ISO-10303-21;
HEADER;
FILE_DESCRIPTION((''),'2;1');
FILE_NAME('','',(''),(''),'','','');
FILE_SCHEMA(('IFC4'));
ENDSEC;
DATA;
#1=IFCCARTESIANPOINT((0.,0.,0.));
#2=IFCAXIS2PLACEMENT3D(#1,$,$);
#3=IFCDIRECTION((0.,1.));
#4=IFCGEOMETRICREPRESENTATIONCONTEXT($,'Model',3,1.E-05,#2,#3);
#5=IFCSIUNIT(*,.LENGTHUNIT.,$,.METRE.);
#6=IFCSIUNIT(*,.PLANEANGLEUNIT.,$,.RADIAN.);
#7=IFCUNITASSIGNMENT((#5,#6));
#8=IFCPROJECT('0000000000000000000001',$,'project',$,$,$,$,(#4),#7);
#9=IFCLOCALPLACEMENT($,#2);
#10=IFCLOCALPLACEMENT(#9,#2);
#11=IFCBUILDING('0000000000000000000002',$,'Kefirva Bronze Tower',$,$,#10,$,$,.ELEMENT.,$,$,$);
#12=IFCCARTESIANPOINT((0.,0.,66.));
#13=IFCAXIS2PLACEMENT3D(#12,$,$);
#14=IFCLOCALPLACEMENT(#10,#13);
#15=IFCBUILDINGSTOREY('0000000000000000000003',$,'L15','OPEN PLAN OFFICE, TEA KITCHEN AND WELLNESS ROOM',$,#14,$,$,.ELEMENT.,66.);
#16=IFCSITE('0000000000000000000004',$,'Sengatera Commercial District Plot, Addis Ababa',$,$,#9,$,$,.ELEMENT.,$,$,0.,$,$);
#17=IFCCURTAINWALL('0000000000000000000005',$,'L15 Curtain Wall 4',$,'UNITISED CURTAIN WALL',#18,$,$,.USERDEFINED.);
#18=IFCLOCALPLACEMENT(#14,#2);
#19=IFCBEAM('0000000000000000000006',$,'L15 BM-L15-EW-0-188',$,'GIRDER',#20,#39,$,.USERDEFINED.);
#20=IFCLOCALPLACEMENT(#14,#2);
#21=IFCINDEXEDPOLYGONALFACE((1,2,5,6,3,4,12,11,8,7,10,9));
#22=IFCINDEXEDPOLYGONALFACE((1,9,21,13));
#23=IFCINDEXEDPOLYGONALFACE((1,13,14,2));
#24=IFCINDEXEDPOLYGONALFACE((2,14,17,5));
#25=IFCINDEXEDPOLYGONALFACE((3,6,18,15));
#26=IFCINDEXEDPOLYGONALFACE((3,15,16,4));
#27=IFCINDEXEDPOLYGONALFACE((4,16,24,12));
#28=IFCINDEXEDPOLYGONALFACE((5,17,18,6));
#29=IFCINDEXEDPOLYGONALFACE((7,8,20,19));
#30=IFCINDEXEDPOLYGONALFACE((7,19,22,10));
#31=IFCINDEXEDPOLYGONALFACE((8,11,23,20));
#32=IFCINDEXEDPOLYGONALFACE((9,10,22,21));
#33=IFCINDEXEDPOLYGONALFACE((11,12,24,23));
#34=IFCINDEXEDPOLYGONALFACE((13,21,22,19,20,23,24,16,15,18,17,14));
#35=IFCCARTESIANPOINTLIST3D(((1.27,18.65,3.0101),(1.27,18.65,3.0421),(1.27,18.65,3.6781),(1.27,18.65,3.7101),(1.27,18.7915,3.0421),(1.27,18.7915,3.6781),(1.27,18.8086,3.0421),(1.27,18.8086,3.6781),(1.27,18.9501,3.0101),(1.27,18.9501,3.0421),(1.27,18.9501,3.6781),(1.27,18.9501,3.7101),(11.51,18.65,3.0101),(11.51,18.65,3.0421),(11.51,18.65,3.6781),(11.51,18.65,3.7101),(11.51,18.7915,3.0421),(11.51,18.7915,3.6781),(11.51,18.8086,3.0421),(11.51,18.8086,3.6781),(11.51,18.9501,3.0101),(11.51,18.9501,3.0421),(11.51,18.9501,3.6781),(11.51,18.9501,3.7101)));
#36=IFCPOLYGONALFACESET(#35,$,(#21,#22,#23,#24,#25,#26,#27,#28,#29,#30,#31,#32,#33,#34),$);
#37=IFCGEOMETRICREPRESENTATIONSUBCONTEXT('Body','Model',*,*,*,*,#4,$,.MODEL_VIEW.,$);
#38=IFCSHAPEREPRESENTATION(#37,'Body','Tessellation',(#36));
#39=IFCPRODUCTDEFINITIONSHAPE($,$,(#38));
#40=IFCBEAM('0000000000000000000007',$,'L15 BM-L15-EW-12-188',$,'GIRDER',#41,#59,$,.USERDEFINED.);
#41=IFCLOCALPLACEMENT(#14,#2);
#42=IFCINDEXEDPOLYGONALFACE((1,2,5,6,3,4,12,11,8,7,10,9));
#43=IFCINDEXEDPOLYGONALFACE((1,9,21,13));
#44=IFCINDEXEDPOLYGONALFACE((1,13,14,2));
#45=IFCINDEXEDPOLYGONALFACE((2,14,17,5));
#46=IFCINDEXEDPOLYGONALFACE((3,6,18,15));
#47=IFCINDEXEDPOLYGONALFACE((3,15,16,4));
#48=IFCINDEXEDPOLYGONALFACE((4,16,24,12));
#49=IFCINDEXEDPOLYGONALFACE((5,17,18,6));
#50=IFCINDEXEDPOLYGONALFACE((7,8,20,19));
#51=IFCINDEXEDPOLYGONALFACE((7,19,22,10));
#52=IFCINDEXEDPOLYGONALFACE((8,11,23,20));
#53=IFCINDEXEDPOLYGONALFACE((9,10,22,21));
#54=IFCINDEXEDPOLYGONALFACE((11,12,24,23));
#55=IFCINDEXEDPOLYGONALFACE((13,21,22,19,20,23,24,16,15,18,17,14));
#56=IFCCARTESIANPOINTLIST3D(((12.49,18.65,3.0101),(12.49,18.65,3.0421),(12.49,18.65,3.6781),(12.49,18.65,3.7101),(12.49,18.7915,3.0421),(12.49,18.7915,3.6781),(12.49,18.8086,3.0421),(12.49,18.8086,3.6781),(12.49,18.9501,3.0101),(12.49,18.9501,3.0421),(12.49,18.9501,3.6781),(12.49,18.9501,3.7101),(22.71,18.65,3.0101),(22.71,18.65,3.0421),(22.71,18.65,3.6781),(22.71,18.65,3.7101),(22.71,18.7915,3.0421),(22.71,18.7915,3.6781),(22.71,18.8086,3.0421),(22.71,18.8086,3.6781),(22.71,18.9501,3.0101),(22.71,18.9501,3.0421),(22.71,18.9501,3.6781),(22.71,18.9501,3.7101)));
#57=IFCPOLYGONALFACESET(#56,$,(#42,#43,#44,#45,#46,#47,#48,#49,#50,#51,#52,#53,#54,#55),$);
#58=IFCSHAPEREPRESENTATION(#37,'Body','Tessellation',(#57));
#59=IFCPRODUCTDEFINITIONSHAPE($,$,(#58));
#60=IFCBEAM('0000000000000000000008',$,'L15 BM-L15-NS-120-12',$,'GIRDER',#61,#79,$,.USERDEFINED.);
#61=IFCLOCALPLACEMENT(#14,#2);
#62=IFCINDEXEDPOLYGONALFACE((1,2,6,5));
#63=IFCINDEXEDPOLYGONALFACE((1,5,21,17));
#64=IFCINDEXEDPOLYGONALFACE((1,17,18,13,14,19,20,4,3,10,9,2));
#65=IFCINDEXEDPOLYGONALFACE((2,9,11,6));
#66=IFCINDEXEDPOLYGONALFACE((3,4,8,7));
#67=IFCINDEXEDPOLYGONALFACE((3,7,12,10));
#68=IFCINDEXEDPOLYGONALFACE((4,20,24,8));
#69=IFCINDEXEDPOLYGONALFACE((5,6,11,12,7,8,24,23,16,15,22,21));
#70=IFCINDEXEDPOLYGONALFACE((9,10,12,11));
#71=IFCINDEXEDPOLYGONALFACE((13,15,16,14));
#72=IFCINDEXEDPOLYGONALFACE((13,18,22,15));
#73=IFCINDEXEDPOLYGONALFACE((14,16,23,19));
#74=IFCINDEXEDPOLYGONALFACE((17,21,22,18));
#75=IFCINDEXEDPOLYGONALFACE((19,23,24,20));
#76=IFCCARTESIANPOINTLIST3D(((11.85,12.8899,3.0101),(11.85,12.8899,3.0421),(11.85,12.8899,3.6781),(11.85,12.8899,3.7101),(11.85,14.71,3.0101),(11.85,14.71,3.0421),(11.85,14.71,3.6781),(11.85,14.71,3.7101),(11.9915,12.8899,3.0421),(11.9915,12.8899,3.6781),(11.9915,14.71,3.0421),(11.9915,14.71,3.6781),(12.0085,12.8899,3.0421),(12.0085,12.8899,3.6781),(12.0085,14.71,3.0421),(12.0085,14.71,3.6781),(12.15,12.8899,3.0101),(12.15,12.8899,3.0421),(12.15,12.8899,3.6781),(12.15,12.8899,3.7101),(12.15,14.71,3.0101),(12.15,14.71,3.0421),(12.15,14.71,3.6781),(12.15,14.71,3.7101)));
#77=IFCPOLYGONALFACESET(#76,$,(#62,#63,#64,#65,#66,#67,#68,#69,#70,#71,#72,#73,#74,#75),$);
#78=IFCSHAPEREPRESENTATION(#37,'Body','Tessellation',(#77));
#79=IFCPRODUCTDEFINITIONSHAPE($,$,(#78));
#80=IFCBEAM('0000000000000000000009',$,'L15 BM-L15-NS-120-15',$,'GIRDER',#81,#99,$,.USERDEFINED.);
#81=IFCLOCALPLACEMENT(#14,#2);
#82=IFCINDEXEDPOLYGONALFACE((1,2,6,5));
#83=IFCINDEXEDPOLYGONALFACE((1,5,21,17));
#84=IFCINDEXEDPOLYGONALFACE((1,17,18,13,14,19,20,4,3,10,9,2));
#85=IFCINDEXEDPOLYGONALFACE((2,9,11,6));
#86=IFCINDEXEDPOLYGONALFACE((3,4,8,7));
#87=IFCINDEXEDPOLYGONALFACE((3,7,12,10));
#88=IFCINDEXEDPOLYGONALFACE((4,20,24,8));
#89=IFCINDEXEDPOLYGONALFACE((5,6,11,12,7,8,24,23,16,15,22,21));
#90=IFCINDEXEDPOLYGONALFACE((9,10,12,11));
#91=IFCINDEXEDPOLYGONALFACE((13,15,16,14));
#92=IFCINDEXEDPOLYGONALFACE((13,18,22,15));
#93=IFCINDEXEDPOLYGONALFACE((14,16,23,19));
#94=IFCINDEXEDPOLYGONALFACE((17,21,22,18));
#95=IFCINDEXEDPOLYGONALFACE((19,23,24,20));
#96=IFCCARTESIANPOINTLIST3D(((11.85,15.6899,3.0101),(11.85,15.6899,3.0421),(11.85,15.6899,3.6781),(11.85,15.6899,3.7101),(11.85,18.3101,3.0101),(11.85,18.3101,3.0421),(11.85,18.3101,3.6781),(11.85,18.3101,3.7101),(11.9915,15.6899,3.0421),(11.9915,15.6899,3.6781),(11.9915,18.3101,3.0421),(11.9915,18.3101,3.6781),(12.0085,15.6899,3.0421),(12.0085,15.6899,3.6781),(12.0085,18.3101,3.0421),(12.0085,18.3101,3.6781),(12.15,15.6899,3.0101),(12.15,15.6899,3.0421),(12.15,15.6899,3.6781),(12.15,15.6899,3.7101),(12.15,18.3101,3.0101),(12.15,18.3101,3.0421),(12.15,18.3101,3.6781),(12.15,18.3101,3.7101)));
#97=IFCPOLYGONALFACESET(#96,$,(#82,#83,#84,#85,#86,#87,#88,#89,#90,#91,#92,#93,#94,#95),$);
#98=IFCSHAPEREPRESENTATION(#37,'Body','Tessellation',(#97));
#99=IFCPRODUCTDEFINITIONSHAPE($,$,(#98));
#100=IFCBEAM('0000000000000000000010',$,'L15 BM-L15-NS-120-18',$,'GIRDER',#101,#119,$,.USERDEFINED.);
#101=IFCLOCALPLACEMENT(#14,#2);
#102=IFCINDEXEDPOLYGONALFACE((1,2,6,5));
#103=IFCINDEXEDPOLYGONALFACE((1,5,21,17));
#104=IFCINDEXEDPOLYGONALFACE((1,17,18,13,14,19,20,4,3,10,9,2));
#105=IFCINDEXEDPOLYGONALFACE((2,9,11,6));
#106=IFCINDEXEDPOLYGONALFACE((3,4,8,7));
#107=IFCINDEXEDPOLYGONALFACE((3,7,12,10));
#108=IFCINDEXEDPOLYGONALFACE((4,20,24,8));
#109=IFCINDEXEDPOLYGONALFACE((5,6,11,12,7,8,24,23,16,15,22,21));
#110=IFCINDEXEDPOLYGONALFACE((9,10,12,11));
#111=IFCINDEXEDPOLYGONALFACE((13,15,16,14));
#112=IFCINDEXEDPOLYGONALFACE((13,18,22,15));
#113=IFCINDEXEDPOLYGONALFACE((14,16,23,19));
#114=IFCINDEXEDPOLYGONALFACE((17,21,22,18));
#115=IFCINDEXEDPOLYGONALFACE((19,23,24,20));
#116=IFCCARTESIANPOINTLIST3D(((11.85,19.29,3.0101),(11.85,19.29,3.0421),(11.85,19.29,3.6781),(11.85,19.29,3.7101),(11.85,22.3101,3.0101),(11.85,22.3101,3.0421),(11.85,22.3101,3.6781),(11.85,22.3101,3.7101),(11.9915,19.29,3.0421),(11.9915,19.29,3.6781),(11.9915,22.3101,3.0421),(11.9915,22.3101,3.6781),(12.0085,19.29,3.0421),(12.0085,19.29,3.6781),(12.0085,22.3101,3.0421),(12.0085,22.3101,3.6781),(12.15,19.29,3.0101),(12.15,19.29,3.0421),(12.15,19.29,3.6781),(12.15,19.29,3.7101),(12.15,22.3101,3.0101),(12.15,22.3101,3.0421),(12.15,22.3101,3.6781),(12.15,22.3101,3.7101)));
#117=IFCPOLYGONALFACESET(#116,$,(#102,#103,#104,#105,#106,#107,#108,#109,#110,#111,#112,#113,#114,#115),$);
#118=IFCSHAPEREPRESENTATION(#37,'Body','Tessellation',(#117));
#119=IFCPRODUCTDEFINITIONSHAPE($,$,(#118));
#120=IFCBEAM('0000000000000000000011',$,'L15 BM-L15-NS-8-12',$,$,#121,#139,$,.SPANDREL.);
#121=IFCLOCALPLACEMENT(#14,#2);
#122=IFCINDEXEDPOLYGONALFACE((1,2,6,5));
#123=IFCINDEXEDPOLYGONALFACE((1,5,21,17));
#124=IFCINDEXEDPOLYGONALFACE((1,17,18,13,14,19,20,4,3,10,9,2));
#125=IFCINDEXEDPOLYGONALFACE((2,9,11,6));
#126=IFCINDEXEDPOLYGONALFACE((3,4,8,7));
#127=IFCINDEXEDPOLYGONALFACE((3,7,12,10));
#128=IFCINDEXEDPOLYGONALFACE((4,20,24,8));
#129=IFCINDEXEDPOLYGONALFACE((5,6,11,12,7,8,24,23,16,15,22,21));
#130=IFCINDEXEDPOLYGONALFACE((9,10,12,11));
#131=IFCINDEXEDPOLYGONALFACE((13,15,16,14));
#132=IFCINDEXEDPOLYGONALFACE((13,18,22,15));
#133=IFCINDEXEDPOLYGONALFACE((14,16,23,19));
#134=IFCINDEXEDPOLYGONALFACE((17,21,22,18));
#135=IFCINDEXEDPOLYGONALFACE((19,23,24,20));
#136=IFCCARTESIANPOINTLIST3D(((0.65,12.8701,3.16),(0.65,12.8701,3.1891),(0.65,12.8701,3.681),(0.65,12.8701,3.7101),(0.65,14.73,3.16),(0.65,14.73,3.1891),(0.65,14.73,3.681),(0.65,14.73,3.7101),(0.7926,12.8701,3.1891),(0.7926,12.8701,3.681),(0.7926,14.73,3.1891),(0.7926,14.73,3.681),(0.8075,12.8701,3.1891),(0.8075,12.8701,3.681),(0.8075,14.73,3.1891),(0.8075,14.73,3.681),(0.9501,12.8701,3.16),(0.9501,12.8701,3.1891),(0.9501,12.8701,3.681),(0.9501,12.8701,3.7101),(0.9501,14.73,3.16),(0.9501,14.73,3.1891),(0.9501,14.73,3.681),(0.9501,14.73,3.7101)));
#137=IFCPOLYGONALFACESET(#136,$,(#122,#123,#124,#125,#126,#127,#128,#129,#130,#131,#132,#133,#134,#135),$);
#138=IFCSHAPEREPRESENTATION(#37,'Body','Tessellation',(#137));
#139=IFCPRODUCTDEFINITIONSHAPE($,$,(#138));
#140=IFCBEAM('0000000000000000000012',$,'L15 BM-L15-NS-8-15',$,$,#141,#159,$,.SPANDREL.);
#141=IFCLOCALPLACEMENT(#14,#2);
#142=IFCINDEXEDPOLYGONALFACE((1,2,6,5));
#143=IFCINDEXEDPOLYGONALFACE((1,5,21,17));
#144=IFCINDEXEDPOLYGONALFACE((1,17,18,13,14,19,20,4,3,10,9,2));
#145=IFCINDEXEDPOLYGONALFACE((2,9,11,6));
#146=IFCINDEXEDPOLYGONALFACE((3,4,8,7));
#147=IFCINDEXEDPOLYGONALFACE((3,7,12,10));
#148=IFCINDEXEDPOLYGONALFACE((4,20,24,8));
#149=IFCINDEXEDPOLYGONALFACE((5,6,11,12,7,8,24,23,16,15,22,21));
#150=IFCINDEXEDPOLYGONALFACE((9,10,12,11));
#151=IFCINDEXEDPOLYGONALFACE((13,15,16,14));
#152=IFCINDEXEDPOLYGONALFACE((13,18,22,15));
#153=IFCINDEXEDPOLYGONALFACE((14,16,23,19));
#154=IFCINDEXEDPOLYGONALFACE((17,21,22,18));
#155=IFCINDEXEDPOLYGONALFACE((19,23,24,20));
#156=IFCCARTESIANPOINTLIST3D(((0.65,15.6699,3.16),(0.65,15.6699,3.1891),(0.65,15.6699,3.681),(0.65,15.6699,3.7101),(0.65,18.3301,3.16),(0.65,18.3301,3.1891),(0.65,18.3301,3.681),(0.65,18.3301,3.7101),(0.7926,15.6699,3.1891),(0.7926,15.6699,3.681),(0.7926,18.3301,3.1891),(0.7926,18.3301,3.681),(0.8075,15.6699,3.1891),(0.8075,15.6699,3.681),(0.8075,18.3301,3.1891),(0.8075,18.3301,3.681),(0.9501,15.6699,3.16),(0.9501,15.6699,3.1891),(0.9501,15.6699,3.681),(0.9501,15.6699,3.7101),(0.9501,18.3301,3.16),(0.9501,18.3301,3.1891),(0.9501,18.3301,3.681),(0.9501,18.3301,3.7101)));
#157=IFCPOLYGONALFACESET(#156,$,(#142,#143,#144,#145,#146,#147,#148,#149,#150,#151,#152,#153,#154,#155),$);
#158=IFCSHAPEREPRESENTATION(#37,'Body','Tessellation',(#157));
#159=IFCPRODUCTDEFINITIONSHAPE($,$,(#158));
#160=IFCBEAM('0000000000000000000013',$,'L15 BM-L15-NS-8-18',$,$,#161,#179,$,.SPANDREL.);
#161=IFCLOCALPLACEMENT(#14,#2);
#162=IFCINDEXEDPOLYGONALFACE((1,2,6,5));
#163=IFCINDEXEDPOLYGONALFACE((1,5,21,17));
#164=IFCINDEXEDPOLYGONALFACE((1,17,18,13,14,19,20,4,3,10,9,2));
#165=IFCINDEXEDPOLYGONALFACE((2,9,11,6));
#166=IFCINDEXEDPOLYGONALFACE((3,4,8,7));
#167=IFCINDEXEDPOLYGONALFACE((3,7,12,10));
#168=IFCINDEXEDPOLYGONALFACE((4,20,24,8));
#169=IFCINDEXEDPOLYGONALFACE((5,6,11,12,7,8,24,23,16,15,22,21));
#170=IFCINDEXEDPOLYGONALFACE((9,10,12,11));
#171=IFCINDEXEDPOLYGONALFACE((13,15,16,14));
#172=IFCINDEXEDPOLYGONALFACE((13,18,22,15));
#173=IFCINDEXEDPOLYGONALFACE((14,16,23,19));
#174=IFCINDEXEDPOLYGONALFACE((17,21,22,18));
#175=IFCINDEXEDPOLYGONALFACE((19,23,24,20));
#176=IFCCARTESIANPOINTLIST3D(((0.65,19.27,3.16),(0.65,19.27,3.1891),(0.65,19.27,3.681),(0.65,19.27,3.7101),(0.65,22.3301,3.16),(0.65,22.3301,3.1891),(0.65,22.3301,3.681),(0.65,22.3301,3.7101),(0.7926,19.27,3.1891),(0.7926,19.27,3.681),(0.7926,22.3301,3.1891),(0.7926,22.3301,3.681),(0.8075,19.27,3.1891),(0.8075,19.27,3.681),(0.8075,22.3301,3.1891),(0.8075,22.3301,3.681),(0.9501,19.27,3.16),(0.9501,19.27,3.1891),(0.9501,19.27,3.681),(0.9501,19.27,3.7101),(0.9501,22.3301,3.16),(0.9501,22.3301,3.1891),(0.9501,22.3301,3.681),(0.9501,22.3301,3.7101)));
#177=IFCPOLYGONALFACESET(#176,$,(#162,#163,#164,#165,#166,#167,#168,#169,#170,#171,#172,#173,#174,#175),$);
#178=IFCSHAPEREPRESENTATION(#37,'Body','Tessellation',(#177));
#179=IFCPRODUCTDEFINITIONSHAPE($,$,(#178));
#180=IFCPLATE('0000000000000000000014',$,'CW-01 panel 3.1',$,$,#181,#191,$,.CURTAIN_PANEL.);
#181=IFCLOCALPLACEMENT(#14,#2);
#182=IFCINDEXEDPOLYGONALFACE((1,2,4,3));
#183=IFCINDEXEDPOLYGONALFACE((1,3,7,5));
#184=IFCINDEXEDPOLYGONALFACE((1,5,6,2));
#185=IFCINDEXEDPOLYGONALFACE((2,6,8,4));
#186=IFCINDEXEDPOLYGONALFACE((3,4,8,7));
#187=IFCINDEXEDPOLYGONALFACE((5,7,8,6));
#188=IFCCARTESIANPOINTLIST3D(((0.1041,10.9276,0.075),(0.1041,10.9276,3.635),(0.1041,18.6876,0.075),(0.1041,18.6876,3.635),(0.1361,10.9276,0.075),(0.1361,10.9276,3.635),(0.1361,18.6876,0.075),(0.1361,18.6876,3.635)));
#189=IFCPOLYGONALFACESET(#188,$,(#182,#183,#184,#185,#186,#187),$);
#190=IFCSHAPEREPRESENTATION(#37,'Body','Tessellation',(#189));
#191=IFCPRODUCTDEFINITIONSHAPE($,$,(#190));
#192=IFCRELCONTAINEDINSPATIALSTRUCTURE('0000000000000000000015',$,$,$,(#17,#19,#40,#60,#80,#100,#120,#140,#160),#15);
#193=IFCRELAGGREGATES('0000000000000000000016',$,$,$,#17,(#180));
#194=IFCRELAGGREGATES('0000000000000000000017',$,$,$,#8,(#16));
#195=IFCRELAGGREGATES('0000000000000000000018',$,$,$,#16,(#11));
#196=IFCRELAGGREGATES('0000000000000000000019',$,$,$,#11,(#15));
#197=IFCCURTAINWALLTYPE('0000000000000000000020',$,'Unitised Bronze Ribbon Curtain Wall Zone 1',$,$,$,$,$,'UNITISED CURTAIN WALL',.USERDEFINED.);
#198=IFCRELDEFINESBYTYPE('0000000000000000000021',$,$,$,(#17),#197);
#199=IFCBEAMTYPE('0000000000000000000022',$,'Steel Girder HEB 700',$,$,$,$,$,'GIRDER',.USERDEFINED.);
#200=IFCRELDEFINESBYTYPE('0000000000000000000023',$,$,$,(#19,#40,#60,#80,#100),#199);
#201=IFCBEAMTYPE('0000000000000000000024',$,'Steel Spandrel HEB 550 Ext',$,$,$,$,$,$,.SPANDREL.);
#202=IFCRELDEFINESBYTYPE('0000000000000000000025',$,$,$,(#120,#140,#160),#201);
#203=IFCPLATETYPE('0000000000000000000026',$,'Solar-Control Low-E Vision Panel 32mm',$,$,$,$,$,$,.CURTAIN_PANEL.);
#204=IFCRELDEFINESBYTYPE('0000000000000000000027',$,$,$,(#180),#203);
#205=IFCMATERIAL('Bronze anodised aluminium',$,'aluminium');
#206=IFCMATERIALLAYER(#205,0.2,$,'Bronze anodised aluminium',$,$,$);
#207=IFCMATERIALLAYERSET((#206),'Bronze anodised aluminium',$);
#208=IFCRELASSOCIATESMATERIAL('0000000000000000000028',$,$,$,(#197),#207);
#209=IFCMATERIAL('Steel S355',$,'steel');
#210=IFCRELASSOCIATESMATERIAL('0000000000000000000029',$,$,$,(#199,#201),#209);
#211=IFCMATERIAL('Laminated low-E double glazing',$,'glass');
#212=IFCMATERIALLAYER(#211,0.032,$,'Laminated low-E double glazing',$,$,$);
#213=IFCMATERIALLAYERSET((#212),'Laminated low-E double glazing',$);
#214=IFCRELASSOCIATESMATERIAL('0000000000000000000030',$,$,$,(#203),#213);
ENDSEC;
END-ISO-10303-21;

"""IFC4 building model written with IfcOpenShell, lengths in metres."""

from ifc_helpers import new_model, si_unit, direction, frame, origin, origin_2d, place, context, subcontext, project, spatial, rectangle, i_section, extrude, material, layer, layer_set, material_profile, profile_set, type_object, element, aggregate, save


model = new_model("IFC4")

# Units and contexts
model_context = context("Model", 3, precision=1e-05, world=origin(), true_north=direction((0.0, 1.0)))
body_context = subcontext(model_context, "Body", "Model", "MODEL_VIEW")
ifc_project = project(units=[si_unit("LENGTHUNIT", "METRE"), si_unit("PLANEANGLEUNIT", "RADIAN")], contexts=[model_context])

# Site, building, storey
site_placement = place(None, origin())
site = spatial("IfcSite", under=ifc_project, at=site_placement, Name="Sengatera Commercial District Plot, Addis Ababa", CompositionType="ELEMENT", RefElevation=0.0)
building_placement = place(site_placement, origin())
building = spatial("IfcBuilding", under=site, at=building_placement, Name="Kefirva Bronze Tower", CompositionType="ELEMENT")
storey_placement = place(building_placement, frame((0.0, 0.0, 66.0)))
storey = spatial("IfcBuildingStorey", under=building, at=storey_placement, Name="L15", Description="OPEN PLAN OFFICE, TEA KITCHEN AND WELLNESS ROOM", CompositionType="ELEMENT", Elevation=66.0)

# Curtain wall
ifc_material_1 = material(Name="Bronze anodised aluminium", Category="aluminium")
ifc_layer_1 = layer(ifc_material_1, 0.2, Name="Bronze anodised aluminium")
ifc_layer_set_1 = layer_set([ifc_layer_1], Name="Bronze anodised aluminium")
curtain_wall_type = type_object("IfcCurtainWallType", Name="Unitised Bronze Ribbon Curtain Wall Zone 1", ElementType="UNITISED CURTAIN WALL", PredefinedType="USERDEFINED", material=ifc_layer_set_1)
curtain_wall_placement = place(storey_placement, origin())
curtain_wall = element("IfcCurtainWall", 1, at=curtain_wall_placement, inside=storey, type_object=curtain_wall_type, Name="L15 Curtain Wall 4", ObjectType="UNITISED CURTAIN WALL", PredefinedType="USERDEFINED")

# Beams
ifc_material_2 = material(Name="Steel S355", Category="steel")
ifc_material_profile_1 = material_profile(ifc_material_2, i_section(OverallWidth=0.3, OverallDepth=0.7, WebThickness=0.0171, FlangeThickness=0.032, at=origin_2d()), Name="HEB 700")
ifc_profile_set_1 = profile_set([ifc_material_profile_1], Name="Steel S355")
beam_type_1 = type_object("IfcBeamType", Name="Steel Girder HEB 700", ElementType="GIRDER", PredefinedType="USERDEFINED", material=ifc_profile_set_1)
for number, where, z_axis, x_axis, name in (
    (2, (1.27, 18.8, 3.3601), (1.0, 0.0, 0.0), (0.0, 1.0, 0.0), "L15 BM-L15-EW-0-188"),
):
    element("IfcBeam", number, at=place(storey_placement, frame(where, z_axis=z_axis, x_axis=x_axis)), inside=storey, type_object=beam_type_1, Name=name, ObjectType="GIRDER", PredefinedType="USERDEFINED", context=body_context, shape_type="SweptSolid", body=[
        extrude(i_section(OverallWidth=0.3, OverallDepth=0.7, WebThickness=0.0171, FlangeThickness=0.032, at=origin_2d()), origin(), (0.0, 0.0, 1.0), 10.24),
    ])
beam_1_placement = place(storey_placement, frame((12.49, 18.8, 3.3601), z_axis=(1.0, 0.0, 0.0), x_axis=(0.0, 1.0, 0.0)))
element("IfcBeam", 3, at=beam_1_placement, inside=storey, type_object=beam_type_1, Name="L15 BM-L15-EW-12-188", ObjectType="GIRDER", PredefinedType="USERDEFINED", context=body_context, shape_type="SweptSolid", body=[
    extrude(i_section(OverallWidth=0.3, OverallDepth=0.7, WebThickness=0.0171, FlangeThickness=0.032, at=origin_2d()), origin(), (0.0, 0.0, 1.0), 10.22),
])
beam_2_placement = place(storey_placement, frame((12.0, 12.8899, 3.3601), z_axis=(0.0, 1.0, 0.0), x_axis=(-1.0, 0.0, 0.0)))
element("IfcBeam", 4, at=beam_2_placement, inside=storey, type_object=beam_type_1, Name="L15 BM-L15-NS-120-12", ObjectType="GIRDER", PredefinedType="USERDEFINED", context=body_context, shape_type="SweptSolid", body=[
    extrude(i_section(OverallWidth=0.3, OverallDepth=0.7, WebThickness=0.0171, FlangeThickness=0.032, at=origin_2d()), origin(), (0.0, 0.0, 1.0), 1.8201),
])
beam_3_placement = place(storey_placement, frame((12.0, 15.6899, 3.3601), z_axis=(0.0, 1.0, 0.0), x_axis=(-1.0, 0.0, 0.0)))
element("IfcBeam", 5, at=beam_3_placement, inside=storey, type_object=beam_type_1, Name="L15 BM-L15-NS-120-15", ObjectType="GIRDER", PredefinedType="USERDEFINED", context=body_context, shape_type="SweptSolid", body=[
    extrude(i_section(OverallWidth=0.3, OverallDepth=0.7, WebThickness=0.0171, FlangeThickness=0.032, at=origin_2d()), origin(), (0.0, 0.0, 1.0), 2.6201),
])
beam_4_placement = place(storey_placement, frame((12.0, 19.29, 3.3601), z_axis=(0.0, 1.0, 0.0), x_axis=(-1.0, 0.0, 0.0)))
element("IfcBeam", 6, at=beam_4_placement, inside=storey, type_object=beam_type_1, Name="L15 BM-L15-NS-120-18", ObjectType="GIRDER", PredefinedType="USERDEFINED", context=body_context, shape_type="SweptSolid", body=[
    extrude(i_section(OverallWidth=0.3, OverallDepth=0.7, WebThickness=0.0171, FlangeThickness=0.032, at=origin_2d()), origin(), (0.0, 0.0, 1.0), 3.02),
])
ifc_material_profile_2 = material_profile(ifc_material_2, i_section(OverallWidth=0.3, OverallDepth=0.55, WebThickness=0.0149, FlangeThickness=0.0291, at=origin_2d()), Name="HEB 550")
ifc_profile_set_2 = profile_set([ifc_material_profile_2], Name="Steel S355")
beam_type_2 = type_object("IfcBeamType", Name="Steel Spandrel HEB 550 Ext", PredefinedType="SPANDREL", material=ifc_profile_set_2)
beam_5_placement = place(storey_placement, frame((0.8, 12.8701, 3.4351), z_axis=(0.0, 1.0, 0.0), x_axis=(-1.0, 0.0, 0.0)))
element("IfcBeam", 7, at=beam_5_placement, inside=storey, type_object=beam_type_2, Name="L15 BM-L15-NS-8-12", PredefinedType="SPANDREL", context=body_context, shape_type="SweptSolid", body=[
    extrude(i_section(OverallWidth=0.3, OverallDepth=0.55, WebThickness=0.0149, FlangeThickness=0.0291, at=origin_2d()), origin(), (0.0, 0.0, 1.0), 1.8599),
])
beam_6_placement = place(storey_placement, frame((0.8, 15.6699, 3.4351), z_axis=(0.0, 1.0, 0.0), x_axis=(-1.0, 0.0, 0.0)))
element("IfcBeam", 8, at=beam_6_placement, inside=storey, type_object=beam_type_2, Name="L15 BM-L15-NS-8-15", PredefinedType="SPANDREL", context=body_context, shape_type="SweptSolid", body=[
    extrude(i_section(OverallWidth=0.3, OverallDepth=0.55, WebThickness=0.0149, FlangeThickness=0.0291, at=origin_2d()), origin(), (0.0, 0.0, 1.0), 2.6602),
])
beam_7_placement = place(storey_placement, frame((0.8, 19.27, 3.4351), z_axis=(0.0, 1.0, 0.0), x_axis=(-1.0, 0.0, 0.0)))
element("IfcBeam", 9, at=beam_7_placement, inside=storey, type_object=beam_type_2, Name="L15 BM-L15-NS-8-18", PredefinedType="SPANDREL", context=body_context, shape_type="SweptSolid", body=[
    extrude(i_section(OverallWidth=0.3, OverallDepth=0.55, WebThickness=0.0149, FlangeThickness=0.0291, at=origin_2d()), origin(), (0.0, 0.0, 1.0), 3.0601),
])

# Plate
ifc_material_3 = material(Name="Laminated low-E double glazing", Category="glass")
ifc_layer_2 = layer(ifc_material_3, 0.032, Name="Laminated low-E double glazing")
ifc_layer_set_2 = layer_set([ifc_layer_2], Name="Laminated low-E double glazing")
plate_type = type_object("IfcPlateType", Name="Solar-Control Low-E Vision Panel 32mm", PredefinedType="CURTAIN_PANEL", material=ifc_layer_set_2)
plate_placement = place(storey_placement, frame((0.1201, 14.8076, 0.075), z_axis=(0.0, 0.0, 1.0), x_axis=(0.0, -1.0, 0.0)))
plate = element("IfcPlate", 10, at=plate_placement, type_object=plate_type, Name="CW-01 panel 3.1", PredefinedType="CURTAIN_PANEL", context=body_context, shape_type="SweptSolid", body=[
    extrude(rectangle(XDim=7.76, YDim=0.032, at=origin_2d()), origin(), (0.0, 0.0, 1.0), 3.5601),
])
aggregate(curtain_wall, [plate])

save(model, "model.ifc")
